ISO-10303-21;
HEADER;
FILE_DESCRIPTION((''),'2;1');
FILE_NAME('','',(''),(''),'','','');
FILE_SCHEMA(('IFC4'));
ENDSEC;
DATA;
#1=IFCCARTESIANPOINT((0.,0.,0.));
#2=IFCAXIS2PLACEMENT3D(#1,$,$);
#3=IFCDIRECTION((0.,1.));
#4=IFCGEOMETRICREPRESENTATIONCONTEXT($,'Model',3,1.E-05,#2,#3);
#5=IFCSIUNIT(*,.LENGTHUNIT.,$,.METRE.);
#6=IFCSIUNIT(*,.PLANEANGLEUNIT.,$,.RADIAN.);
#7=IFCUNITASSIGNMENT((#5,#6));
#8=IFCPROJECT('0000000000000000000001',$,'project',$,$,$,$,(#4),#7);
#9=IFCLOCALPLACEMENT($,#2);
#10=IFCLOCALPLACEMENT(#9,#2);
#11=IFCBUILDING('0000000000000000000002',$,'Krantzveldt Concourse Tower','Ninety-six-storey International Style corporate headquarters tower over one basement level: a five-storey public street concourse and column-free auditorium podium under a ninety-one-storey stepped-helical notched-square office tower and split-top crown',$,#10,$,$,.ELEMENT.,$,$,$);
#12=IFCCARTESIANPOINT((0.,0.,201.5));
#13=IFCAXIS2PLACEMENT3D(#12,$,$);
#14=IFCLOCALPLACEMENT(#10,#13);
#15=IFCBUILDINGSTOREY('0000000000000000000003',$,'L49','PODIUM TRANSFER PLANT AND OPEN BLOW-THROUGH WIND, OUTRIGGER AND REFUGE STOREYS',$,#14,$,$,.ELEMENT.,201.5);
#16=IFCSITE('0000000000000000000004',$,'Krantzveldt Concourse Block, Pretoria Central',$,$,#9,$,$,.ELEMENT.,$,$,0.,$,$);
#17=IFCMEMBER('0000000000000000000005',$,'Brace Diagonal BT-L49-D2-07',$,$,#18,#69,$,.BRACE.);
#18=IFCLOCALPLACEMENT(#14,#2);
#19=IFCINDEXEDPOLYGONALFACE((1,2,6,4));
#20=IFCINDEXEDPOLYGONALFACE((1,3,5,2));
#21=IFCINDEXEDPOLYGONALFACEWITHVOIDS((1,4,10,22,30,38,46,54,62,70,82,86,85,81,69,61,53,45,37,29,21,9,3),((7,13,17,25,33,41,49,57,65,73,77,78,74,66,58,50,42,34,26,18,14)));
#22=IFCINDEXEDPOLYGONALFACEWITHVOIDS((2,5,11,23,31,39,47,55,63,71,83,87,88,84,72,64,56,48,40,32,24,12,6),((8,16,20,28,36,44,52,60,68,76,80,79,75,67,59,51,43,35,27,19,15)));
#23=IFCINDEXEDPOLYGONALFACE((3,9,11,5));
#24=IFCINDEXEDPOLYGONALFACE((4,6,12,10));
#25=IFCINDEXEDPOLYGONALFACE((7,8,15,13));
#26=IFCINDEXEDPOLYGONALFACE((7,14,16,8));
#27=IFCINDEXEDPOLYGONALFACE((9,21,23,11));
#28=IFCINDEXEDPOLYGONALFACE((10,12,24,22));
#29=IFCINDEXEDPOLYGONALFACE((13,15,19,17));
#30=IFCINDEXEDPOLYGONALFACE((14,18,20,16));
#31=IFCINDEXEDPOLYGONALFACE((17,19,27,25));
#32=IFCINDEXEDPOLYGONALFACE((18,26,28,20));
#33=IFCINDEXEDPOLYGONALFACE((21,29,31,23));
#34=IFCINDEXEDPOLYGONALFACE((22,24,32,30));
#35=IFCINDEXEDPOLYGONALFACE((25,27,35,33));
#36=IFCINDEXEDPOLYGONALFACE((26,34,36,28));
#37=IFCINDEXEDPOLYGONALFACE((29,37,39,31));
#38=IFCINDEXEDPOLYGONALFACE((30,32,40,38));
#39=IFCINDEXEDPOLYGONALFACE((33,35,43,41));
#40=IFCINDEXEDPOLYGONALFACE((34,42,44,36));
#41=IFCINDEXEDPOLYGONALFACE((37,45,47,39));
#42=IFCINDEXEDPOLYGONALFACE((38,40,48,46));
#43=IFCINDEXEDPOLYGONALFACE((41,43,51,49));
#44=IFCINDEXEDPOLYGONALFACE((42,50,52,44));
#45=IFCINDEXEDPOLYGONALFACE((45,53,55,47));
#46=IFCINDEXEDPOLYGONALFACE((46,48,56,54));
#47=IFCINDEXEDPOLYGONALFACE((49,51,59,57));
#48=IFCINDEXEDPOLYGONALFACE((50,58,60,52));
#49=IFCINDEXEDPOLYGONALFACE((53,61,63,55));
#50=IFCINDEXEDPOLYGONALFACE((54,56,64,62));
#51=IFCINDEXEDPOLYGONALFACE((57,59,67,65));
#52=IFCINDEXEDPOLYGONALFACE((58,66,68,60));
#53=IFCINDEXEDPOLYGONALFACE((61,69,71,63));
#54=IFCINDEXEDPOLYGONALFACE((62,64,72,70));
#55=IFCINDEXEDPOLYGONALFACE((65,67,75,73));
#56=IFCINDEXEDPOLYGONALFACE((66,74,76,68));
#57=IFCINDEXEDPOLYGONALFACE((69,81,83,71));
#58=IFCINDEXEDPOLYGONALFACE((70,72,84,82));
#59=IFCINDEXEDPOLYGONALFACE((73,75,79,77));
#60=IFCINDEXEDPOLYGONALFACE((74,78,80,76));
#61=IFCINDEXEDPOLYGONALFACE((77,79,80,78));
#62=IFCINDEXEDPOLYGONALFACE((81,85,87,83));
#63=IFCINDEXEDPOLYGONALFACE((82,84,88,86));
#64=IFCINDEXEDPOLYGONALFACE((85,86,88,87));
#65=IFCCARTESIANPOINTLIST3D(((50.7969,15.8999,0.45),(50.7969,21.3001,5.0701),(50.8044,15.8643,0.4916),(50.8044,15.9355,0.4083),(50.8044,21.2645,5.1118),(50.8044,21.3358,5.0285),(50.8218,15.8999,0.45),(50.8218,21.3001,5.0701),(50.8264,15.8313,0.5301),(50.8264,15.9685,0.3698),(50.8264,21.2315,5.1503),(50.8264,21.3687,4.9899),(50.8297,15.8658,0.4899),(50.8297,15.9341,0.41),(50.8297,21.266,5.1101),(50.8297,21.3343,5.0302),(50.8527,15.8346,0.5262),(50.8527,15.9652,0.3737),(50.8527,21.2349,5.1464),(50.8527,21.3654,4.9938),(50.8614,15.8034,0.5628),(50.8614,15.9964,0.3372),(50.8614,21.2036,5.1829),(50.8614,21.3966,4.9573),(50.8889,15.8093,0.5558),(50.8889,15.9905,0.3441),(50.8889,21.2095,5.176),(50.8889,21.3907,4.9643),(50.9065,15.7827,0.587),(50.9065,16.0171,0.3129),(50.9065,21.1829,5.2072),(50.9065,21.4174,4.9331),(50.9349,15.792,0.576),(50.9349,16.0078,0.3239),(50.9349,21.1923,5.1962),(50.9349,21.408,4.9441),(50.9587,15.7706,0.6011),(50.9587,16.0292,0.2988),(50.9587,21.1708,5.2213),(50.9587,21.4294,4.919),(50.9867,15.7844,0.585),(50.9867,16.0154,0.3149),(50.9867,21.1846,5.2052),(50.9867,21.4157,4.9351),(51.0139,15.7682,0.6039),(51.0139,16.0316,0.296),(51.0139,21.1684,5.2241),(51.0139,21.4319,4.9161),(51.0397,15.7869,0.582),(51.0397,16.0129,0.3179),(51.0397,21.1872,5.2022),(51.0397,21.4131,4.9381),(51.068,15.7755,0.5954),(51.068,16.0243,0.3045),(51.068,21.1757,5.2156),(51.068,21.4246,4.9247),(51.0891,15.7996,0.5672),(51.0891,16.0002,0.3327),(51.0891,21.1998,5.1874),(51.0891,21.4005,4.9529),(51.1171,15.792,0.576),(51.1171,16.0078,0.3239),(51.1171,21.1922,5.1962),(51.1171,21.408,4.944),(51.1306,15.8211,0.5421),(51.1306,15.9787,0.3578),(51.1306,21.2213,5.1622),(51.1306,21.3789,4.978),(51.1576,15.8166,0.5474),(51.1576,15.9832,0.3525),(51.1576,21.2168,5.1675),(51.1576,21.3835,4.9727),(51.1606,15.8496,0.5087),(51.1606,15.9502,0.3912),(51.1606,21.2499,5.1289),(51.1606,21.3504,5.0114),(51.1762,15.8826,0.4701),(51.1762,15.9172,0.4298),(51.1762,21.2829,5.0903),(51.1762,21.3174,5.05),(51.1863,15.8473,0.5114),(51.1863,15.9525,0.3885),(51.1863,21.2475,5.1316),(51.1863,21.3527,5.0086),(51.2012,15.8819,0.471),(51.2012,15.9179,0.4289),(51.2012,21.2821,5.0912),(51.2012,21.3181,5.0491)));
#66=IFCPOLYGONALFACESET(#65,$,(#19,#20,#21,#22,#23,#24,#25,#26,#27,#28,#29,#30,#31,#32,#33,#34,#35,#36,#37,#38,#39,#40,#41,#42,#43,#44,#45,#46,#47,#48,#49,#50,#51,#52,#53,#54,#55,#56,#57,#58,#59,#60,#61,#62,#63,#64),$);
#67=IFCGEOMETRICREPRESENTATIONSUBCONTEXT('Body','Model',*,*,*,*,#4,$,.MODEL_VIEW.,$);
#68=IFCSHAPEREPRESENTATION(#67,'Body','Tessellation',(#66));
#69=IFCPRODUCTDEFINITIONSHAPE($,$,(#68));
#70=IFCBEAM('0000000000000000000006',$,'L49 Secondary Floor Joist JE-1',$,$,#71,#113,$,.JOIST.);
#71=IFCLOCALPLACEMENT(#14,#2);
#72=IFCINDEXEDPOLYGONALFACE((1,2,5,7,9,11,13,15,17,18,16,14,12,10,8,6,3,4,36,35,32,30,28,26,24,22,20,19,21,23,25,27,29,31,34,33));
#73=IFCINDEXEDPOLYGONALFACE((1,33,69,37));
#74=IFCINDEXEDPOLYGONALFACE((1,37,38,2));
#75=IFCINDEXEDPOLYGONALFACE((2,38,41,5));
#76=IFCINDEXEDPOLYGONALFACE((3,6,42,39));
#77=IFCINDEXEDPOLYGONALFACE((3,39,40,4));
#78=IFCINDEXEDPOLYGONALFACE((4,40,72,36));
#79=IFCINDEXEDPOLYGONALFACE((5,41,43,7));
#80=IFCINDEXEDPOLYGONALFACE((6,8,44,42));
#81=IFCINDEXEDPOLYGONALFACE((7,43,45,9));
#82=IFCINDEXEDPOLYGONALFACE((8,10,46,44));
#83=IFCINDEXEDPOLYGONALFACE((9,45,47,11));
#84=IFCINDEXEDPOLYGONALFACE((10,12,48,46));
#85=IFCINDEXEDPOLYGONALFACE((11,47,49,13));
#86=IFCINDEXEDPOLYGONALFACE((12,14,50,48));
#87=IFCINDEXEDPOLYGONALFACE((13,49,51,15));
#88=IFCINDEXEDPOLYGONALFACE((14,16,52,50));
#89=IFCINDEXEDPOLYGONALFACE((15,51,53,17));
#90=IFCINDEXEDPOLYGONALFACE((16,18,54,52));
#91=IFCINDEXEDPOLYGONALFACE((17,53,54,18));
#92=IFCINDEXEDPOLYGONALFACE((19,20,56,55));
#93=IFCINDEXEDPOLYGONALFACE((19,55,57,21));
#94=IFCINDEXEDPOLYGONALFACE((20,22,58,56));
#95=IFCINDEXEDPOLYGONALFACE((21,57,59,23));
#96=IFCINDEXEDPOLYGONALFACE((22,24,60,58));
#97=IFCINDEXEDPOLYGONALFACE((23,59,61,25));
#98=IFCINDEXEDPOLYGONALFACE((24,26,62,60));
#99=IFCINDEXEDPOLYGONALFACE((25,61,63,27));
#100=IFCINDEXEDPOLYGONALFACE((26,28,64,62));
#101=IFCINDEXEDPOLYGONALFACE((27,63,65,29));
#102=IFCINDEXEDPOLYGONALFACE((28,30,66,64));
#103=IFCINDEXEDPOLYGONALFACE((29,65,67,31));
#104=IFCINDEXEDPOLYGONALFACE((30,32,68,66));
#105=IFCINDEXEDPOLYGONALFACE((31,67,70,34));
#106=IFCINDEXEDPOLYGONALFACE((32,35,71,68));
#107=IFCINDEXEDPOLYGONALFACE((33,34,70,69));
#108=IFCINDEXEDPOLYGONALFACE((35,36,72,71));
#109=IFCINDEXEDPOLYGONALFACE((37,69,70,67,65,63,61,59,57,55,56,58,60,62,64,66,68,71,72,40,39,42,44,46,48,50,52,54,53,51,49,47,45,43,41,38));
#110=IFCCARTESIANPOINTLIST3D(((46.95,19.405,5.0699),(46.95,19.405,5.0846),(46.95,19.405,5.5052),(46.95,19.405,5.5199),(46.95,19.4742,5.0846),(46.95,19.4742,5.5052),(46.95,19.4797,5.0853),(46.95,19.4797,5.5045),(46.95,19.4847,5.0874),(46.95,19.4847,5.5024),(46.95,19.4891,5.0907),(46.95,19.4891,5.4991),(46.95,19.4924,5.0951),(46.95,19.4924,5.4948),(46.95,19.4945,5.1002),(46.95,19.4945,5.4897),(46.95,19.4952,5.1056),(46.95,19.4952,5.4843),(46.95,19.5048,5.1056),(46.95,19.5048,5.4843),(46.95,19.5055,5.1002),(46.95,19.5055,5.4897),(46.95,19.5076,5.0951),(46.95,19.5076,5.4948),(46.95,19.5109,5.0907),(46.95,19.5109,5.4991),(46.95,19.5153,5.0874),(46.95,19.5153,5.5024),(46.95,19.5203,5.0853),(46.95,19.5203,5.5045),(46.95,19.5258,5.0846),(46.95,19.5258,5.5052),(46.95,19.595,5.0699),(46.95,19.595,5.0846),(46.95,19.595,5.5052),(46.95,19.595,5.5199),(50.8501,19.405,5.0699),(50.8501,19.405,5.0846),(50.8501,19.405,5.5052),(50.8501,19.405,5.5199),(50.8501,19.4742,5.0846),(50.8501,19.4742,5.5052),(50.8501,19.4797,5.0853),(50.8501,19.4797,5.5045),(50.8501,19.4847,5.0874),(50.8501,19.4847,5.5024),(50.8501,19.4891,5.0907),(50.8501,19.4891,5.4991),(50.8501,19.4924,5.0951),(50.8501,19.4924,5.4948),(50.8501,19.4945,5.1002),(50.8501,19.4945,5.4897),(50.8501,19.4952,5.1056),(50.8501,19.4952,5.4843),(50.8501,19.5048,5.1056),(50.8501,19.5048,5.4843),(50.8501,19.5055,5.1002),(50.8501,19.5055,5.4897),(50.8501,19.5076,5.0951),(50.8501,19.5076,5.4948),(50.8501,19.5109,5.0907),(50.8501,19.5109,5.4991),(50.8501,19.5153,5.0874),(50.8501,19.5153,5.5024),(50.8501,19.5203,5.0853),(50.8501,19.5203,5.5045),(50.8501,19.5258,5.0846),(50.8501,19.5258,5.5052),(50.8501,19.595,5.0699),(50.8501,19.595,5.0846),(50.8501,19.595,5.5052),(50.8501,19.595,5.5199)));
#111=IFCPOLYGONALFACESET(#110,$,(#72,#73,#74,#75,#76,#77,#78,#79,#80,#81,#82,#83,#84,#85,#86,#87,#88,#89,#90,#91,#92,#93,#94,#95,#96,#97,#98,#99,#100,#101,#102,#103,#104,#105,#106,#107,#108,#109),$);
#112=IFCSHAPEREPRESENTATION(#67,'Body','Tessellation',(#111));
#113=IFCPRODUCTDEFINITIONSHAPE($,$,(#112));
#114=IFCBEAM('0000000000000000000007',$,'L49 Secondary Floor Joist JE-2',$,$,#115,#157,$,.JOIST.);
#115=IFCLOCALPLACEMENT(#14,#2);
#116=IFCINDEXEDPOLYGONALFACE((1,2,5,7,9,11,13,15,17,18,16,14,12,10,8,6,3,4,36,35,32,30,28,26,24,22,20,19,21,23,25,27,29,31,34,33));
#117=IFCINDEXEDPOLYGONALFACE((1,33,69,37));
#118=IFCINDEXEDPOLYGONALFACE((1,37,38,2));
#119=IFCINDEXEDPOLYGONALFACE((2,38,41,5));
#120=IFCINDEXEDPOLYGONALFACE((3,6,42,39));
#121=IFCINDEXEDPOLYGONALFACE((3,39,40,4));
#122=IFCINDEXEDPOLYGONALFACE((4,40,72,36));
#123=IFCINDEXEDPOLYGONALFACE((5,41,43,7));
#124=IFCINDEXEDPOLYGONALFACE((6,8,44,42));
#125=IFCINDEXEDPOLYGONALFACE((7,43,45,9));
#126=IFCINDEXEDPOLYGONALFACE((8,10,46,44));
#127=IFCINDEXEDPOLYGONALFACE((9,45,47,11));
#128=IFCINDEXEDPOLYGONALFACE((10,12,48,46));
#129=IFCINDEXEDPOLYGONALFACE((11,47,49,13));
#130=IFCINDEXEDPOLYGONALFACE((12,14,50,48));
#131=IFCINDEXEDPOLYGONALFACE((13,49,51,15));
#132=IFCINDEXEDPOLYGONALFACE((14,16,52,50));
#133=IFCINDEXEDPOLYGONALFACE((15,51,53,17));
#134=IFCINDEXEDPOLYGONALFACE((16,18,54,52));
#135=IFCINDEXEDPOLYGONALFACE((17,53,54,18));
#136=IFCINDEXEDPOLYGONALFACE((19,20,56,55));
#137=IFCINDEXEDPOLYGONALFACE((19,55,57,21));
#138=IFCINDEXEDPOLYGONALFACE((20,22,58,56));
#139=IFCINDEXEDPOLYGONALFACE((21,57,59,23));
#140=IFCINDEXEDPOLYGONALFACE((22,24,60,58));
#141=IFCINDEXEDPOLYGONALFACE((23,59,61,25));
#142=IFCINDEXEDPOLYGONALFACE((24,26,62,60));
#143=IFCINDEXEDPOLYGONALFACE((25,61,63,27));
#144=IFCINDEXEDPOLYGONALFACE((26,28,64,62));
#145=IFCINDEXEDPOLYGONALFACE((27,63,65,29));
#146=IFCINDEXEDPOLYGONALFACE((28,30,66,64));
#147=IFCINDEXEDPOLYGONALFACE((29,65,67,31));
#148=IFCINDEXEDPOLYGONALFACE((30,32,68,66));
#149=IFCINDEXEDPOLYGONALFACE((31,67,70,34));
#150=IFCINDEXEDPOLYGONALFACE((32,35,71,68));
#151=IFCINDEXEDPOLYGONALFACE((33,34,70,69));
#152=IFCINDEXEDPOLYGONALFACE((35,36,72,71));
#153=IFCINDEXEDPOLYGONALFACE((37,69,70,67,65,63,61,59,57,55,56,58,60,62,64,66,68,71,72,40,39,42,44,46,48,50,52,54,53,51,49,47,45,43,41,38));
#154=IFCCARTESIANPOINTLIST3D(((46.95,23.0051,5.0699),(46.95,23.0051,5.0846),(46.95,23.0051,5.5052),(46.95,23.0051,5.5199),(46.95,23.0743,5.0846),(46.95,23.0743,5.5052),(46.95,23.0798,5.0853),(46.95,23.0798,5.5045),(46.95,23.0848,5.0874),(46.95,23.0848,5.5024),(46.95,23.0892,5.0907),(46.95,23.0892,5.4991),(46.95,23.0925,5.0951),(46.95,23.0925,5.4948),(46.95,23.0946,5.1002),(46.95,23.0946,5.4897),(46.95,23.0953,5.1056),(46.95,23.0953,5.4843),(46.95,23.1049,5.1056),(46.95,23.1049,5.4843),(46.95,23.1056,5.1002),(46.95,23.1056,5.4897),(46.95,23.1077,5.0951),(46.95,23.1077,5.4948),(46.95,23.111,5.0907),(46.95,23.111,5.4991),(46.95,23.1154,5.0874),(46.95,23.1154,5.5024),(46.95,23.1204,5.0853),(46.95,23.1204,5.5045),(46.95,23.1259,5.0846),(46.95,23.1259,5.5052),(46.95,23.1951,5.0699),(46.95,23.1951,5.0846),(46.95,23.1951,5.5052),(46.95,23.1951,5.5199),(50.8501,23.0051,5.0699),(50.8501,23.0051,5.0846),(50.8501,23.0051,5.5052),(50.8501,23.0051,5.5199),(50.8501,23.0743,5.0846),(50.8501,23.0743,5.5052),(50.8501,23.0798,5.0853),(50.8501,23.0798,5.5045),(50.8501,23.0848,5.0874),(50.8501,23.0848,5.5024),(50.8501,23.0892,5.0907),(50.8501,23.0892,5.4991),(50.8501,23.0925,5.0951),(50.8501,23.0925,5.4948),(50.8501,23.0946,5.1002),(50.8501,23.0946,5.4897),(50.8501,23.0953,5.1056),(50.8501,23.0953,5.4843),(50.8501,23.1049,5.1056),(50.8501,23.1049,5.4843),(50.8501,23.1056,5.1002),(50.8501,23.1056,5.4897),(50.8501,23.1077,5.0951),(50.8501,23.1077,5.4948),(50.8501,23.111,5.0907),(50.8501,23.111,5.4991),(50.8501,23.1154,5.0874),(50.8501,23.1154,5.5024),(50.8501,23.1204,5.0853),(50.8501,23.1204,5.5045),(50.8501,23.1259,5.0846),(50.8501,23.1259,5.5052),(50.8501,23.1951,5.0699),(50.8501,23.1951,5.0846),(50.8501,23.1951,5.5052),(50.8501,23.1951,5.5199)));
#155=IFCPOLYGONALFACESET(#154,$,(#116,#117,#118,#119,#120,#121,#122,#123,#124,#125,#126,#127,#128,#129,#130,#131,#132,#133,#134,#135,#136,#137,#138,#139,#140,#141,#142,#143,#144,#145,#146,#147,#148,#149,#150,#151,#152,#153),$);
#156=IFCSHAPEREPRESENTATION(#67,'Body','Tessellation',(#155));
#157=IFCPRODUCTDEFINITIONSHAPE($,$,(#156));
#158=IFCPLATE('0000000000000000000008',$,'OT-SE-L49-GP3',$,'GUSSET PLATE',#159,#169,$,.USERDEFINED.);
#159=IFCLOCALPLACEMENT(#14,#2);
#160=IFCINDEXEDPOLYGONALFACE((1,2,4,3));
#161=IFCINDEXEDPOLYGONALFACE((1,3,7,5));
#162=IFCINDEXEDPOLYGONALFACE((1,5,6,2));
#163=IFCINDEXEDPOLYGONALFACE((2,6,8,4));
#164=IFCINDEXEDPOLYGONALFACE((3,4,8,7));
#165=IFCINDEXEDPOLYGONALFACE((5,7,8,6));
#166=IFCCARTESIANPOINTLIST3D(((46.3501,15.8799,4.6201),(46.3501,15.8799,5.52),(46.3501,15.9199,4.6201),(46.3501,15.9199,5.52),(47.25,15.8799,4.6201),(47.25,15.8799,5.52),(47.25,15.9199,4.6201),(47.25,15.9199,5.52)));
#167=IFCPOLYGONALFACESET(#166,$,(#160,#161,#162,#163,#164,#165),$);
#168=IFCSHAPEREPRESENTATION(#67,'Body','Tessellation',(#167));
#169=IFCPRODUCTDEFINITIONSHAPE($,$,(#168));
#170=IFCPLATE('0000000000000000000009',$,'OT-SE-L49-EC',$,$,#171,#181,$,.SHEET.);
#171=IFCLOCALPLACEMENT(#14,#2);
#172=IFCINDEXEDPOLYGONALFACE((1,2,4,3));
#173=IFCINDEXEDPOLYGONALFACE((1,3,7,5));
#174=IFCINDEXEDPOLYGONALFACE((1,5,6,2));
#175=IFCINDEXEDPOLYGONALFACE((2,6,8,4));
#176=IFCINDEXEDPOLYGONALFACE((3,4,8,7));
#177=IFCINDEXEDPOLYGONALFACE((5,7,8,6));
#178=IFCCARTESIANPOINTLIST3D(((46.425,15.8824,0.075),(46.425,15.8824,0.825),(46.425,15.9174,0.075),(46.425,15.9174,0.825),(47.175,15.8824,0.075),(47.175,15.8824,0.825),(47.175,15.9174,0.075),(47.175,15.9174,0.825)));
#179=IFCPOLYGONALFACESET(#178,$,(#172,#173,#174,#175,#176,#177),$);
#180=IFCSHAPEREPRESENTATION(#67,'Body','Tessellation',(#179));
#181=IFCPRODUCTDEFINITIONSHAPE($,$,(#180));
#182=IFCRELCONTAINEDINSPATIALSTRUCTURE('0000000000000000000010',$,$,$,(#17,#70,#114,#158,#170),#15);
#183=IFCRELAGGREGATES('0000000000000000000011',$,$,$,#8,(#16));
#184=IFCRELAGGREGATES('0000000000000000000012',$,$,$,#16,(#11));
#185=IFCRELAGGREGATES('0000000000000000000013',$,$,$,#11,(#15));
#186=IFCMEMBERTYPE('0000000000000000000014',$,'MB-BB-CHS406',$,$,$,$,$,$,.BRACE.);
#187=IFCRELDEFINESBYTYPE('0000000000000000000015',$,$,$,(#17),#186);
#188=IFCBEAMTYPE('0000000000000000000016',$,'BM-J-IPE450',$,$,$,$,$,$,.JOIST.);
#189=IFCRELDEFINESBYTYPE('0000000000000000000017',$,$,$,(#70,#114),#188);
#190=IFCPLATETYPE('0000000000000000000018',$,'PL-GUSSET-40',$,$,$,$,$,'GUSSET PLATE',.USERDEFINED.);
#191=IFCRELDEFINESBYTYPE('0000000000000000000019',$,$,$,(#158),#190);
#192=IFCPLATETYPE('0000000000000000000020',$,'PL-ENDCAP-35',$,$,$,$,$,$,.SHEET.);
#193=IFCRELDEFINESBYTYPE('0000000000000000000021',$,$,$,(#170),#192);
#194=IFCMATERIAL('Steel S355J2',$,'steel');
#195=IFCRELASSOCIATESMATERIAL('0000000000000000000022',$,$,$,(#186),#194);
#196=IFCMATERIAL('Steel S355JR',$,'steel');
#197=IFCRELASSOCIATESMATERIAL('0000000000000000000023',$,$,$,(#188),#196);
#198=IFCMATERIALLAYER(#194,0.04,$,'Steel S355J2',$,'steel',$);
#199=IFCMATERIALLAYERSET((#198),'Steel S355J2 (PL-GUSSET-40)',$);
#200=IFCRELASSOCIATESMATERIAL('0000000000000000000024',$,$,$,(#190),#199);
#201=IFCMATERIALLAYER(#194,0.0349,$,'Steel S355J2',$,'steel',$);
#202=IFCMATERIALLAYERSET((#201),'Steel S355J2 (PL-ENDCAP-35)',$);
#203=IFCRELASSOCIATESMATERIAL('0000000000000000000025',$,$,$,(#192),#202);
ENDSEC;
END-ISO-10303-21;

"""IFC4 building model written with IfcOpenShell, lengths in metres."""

from ifc_helpers import new_model, si_unit, direction, frame, origin, origin_2d, place, context, subcontext, project, spatial, rectangle, hollow_circle, i_section, extrude, source, transform, mapped, material, layer, layer_set, material_profile, profile_set, type_object, type_shapes, element, save


model = new_model("IFC4")

# Units and contexts
model_context = context("Model", 3, precision=1e-05, world=origin(), true_north=direction((0.0, 1.0)))
body_context = subcontext(model_context, "Body", "Model", "MODEL_VIEW")
ifc_project = project(units=[si_unit("LENGTHUNIT", "METRE"), si_unit("PLANEANGLEUNIT", "RADIAN")], contexts=[model_context])

# Site, building, storey
site_placement = place(None, origin())
site = spatial("IfcSite", under=ifc_project, at=site_placement, Name="Krantzveldt Concourse Block, Pretoria Central", CompositionType="ELEMENT", RefElevation=0.0)
building_placement = place(site_placement, origin())
building = spatial("IfcBuilding", under=site, at=building_placement, Name="Krantzveldt Concourse Tower", Description="Ninety-six-storey International Style corporate headquarters tower over one basement level: a five-storey public street concourse and column-free auditorium podium under a ninety-one-storey stepped-helical notched-square office tower and split-top crown", CompositionType="ELEMENT")
storey_placement = place(building_placement, frame((0.0, 0.0, 201.5)))
storey = spatial("IfcBuildingStorey", under=building, at=storey_placement, Name="L49", Description="PODIUM TRANSFER PLANT AND OPEN BLOW-THROUGH WIND, OUTRIGGER AND REFUGE STOREYS", CompositionType="ELEMENT", Elevation=201.5)

# Shared definitions
ifc_material_1 = material(Name="Steel S355JR", Category="steel")

# Member
ifc_material_2 = material(Name="Steel S355J2", Category="steel")
ifc_material_profile_1 = material_profile(ifc_material_2, hollow_circle(Radius=0.2031, WallThickness=0.0249, at=origin_2d()), Name="Steel S355J2", Category="steel")
ifc_profile_set_1 = profile_set([ifc_material_profile_1], Name="Steel S355J2 - CHS 406.4x25")
member_type = type_object("IfcMemberType", Name="MB-BB-CHS406", PredefinedType="BRACE", material=ifc_profile_set_1)
shared_shape_1 = source(origin(), body_context, "Body", "SweptSolid", [
    extrude(hollow_circle(Radius=0.2031, WallThickness=0.0249, at=origin_2d()), origin(), (0.0, 0.0, 1.0), 7.1069),
])
type_shapes(member_type, [shared_shape_1])
member_placement = place(storey_placement, frame((51.0, 15.8999, 0.45), z_axis=(0.0, 0.759853, 0.650095), x_axis=(-1.0, 0.0, 0.0)))
element("IfcMember", 1, at=member_placement, inside=storey, type_object=member_type, Name="Brace Diagonal BT-L49-D2-07", PredefinedType="BRACE", context=body_context, shape_type="MappedRepresentation", body=[
    mapped(shared_shape_1, transform((0.0, 0.0, 0.0), x_axis=(1.0, 0.0, 0.0), y_axis=(0.0, 1.0, 0.0), z_axis=(0.0, 0.0, 1.0), scale=1.0)),
])

# Beams
ifc_material_profile_2 = material_profile(ifc_material_1, i_section(OverallWidth=0.1899, OverallDepth=0.45, WebThickness=0.0095, FlangeThickness=0.0146, FilletRadius=0.021, at=origin_2d()), Name="Steel S355JR", Category="steel")
ifc_profile_set_2 = profile_set([ifc_material_profile_2], Name="Steel S355JR - IPE 450")
beam_type_1 = type_object("IfcBeamType", Name="BM-J-IPE450", PredefinedType="JOIST", material=ifc_profile_set_2)
shared_shape_2 = source(origin(), body_context, "Body", "SweptSolid", [
    extrude(i_section(OverallWidth=0.1899, OverallDepth=0.45, WebThickness=0.0095, FlangeThickness=0.0146, FilletRadius=0.021, at=origin_2d()), origin(), (0.0, 0.0, 1.0), 3.9001),
])
type_shapes(beam_type_1, [shared_shape_2])
for number, where, z_axis, x_axis, name in (
    (2, (46.95, 19.5, 5.2949), (1.0, 0.0, 0.0), (0.0, 1.0, 0.0), "L49 Secondary Floor Joist JE-1"),
    (3, (46.95, 23.1001, 5.2949), (1.0, 0.0, 0.0), (0.0, 1.0, 0.0), "L49 Secondary Floor Joist JE-2"),
):
    element("IfcBeam", number, at=place(storey_placement, frame(where, z_axis=z_axis, x_axis=x_axis)), inside=storey, type_object=beam_type_1, Name=name, PredefinedType="JOIST", context=body_context, shape_type="MappedRepresentation", body=[
        mapped(shared_shape_2, transform((0.0, 0.0, 0.0), x_axis=(1.0, 0.0, 0.0), y_axis=(0.0, 1.0, 0.0), z_axis=(0.0, 0.0, 1.0), scale=1.0)),
    ])

# Plates
ifc_layer_1 = layer(ifc_material_2, 0.04, Name="Steel S355J2", Category="steel")
ifc_layer_set_1 = layer_set([ifc_layer_1], Name="Steel S355J2 (PL-GUSSET-40)")
plate_type_1 = type_object("IfcPlateType", Name="PL-GUSSET-40", ElementType="GUSSET PLATE", PredefinedType="USERDEFINED", material=ifc_layer_set_1)
shared_shape_3 = source(origin(), body_context, "Body", "SweptSolid", [
    extrude(rectangle(XDim=0.8999, YDim=0.04, at=origin_2d()), origin(), (0.0, 0.0, 1.0), 0.8999),
])
type_shapes(plate_type_1, [shared_shape_3])
plate_1_placement = place(storey_placement, frame((46.8, 15.8999, 4.6201), z_axis=(0.0, 0.0, 1.0), x_axis=(1.0, 0.0, 0.0)))
element("IfcPlate", 4, at=plate_1_placement, inside=storey, type_object=plate_type_1, Name="OT-SE-L49-GP3", ObjectType="GUSSET PLATE", PredefinedType="USERDEFINED", context=body_context, shape_type="MappedRepresentation", body=[
    mapped(shared_shape_3, transform((0.0, 0.0, 0.0), x_axis=(1.0, 0.0, 0.0), y_axis=(0.0, 1.0, 0.0), z_axis=(0.0, 0.0, 1.0), scale=1.0)),
])
ifc_layer_2 = layer(ifc_material_2, 0.0349, Name="Steel S355J2", Category="steel")
ifc_layer_set_2 = layer_set([ifc_layer_2], Name="Steel S355J2 (PL-ENDCAP-35)")
plate_type_2 = type_object("IfcPlateType", Name="PL-ENDCAP-35", PredefinedType="SHEET", material=ifc_layer_set_2)
shared_shape_4 = source(origin(), body_context, "Body", "SweptSolid", [
    extrude(rectangle(XDim=0.75, YDim=0.0349, at=origin_2d()), origin(), (0.0, 0.0, 1.0), 0.75),
])
type_shapes(plate_type_2, [shared_shape_4])
plate_2_placement = place(storey_placement, frame((46.8, 15.8999, 0.075), z_axis=(0.0, 0.0, 1.0), x_axis=(1.0, 0.0, 0.0)))
element("IfcPlate", 5, at=plate_2_placement, inside=storey, type_object=plate_type_2, Name="OT-SE-L49-EC", PredefinedType="SHEET", context=body_context, shape_type="MappedRepresentation", body=[
    mapped(shared_shape_4, transform((0.0, 0.0, 0.0), x_axis=(1.0, 0.0, 0.0), y_axis=(0.0, 1.0, 0.0), z_axis=(0.0, 0.0, 1.0), scale=1.0)),
])

save(model, "model.ifc")
